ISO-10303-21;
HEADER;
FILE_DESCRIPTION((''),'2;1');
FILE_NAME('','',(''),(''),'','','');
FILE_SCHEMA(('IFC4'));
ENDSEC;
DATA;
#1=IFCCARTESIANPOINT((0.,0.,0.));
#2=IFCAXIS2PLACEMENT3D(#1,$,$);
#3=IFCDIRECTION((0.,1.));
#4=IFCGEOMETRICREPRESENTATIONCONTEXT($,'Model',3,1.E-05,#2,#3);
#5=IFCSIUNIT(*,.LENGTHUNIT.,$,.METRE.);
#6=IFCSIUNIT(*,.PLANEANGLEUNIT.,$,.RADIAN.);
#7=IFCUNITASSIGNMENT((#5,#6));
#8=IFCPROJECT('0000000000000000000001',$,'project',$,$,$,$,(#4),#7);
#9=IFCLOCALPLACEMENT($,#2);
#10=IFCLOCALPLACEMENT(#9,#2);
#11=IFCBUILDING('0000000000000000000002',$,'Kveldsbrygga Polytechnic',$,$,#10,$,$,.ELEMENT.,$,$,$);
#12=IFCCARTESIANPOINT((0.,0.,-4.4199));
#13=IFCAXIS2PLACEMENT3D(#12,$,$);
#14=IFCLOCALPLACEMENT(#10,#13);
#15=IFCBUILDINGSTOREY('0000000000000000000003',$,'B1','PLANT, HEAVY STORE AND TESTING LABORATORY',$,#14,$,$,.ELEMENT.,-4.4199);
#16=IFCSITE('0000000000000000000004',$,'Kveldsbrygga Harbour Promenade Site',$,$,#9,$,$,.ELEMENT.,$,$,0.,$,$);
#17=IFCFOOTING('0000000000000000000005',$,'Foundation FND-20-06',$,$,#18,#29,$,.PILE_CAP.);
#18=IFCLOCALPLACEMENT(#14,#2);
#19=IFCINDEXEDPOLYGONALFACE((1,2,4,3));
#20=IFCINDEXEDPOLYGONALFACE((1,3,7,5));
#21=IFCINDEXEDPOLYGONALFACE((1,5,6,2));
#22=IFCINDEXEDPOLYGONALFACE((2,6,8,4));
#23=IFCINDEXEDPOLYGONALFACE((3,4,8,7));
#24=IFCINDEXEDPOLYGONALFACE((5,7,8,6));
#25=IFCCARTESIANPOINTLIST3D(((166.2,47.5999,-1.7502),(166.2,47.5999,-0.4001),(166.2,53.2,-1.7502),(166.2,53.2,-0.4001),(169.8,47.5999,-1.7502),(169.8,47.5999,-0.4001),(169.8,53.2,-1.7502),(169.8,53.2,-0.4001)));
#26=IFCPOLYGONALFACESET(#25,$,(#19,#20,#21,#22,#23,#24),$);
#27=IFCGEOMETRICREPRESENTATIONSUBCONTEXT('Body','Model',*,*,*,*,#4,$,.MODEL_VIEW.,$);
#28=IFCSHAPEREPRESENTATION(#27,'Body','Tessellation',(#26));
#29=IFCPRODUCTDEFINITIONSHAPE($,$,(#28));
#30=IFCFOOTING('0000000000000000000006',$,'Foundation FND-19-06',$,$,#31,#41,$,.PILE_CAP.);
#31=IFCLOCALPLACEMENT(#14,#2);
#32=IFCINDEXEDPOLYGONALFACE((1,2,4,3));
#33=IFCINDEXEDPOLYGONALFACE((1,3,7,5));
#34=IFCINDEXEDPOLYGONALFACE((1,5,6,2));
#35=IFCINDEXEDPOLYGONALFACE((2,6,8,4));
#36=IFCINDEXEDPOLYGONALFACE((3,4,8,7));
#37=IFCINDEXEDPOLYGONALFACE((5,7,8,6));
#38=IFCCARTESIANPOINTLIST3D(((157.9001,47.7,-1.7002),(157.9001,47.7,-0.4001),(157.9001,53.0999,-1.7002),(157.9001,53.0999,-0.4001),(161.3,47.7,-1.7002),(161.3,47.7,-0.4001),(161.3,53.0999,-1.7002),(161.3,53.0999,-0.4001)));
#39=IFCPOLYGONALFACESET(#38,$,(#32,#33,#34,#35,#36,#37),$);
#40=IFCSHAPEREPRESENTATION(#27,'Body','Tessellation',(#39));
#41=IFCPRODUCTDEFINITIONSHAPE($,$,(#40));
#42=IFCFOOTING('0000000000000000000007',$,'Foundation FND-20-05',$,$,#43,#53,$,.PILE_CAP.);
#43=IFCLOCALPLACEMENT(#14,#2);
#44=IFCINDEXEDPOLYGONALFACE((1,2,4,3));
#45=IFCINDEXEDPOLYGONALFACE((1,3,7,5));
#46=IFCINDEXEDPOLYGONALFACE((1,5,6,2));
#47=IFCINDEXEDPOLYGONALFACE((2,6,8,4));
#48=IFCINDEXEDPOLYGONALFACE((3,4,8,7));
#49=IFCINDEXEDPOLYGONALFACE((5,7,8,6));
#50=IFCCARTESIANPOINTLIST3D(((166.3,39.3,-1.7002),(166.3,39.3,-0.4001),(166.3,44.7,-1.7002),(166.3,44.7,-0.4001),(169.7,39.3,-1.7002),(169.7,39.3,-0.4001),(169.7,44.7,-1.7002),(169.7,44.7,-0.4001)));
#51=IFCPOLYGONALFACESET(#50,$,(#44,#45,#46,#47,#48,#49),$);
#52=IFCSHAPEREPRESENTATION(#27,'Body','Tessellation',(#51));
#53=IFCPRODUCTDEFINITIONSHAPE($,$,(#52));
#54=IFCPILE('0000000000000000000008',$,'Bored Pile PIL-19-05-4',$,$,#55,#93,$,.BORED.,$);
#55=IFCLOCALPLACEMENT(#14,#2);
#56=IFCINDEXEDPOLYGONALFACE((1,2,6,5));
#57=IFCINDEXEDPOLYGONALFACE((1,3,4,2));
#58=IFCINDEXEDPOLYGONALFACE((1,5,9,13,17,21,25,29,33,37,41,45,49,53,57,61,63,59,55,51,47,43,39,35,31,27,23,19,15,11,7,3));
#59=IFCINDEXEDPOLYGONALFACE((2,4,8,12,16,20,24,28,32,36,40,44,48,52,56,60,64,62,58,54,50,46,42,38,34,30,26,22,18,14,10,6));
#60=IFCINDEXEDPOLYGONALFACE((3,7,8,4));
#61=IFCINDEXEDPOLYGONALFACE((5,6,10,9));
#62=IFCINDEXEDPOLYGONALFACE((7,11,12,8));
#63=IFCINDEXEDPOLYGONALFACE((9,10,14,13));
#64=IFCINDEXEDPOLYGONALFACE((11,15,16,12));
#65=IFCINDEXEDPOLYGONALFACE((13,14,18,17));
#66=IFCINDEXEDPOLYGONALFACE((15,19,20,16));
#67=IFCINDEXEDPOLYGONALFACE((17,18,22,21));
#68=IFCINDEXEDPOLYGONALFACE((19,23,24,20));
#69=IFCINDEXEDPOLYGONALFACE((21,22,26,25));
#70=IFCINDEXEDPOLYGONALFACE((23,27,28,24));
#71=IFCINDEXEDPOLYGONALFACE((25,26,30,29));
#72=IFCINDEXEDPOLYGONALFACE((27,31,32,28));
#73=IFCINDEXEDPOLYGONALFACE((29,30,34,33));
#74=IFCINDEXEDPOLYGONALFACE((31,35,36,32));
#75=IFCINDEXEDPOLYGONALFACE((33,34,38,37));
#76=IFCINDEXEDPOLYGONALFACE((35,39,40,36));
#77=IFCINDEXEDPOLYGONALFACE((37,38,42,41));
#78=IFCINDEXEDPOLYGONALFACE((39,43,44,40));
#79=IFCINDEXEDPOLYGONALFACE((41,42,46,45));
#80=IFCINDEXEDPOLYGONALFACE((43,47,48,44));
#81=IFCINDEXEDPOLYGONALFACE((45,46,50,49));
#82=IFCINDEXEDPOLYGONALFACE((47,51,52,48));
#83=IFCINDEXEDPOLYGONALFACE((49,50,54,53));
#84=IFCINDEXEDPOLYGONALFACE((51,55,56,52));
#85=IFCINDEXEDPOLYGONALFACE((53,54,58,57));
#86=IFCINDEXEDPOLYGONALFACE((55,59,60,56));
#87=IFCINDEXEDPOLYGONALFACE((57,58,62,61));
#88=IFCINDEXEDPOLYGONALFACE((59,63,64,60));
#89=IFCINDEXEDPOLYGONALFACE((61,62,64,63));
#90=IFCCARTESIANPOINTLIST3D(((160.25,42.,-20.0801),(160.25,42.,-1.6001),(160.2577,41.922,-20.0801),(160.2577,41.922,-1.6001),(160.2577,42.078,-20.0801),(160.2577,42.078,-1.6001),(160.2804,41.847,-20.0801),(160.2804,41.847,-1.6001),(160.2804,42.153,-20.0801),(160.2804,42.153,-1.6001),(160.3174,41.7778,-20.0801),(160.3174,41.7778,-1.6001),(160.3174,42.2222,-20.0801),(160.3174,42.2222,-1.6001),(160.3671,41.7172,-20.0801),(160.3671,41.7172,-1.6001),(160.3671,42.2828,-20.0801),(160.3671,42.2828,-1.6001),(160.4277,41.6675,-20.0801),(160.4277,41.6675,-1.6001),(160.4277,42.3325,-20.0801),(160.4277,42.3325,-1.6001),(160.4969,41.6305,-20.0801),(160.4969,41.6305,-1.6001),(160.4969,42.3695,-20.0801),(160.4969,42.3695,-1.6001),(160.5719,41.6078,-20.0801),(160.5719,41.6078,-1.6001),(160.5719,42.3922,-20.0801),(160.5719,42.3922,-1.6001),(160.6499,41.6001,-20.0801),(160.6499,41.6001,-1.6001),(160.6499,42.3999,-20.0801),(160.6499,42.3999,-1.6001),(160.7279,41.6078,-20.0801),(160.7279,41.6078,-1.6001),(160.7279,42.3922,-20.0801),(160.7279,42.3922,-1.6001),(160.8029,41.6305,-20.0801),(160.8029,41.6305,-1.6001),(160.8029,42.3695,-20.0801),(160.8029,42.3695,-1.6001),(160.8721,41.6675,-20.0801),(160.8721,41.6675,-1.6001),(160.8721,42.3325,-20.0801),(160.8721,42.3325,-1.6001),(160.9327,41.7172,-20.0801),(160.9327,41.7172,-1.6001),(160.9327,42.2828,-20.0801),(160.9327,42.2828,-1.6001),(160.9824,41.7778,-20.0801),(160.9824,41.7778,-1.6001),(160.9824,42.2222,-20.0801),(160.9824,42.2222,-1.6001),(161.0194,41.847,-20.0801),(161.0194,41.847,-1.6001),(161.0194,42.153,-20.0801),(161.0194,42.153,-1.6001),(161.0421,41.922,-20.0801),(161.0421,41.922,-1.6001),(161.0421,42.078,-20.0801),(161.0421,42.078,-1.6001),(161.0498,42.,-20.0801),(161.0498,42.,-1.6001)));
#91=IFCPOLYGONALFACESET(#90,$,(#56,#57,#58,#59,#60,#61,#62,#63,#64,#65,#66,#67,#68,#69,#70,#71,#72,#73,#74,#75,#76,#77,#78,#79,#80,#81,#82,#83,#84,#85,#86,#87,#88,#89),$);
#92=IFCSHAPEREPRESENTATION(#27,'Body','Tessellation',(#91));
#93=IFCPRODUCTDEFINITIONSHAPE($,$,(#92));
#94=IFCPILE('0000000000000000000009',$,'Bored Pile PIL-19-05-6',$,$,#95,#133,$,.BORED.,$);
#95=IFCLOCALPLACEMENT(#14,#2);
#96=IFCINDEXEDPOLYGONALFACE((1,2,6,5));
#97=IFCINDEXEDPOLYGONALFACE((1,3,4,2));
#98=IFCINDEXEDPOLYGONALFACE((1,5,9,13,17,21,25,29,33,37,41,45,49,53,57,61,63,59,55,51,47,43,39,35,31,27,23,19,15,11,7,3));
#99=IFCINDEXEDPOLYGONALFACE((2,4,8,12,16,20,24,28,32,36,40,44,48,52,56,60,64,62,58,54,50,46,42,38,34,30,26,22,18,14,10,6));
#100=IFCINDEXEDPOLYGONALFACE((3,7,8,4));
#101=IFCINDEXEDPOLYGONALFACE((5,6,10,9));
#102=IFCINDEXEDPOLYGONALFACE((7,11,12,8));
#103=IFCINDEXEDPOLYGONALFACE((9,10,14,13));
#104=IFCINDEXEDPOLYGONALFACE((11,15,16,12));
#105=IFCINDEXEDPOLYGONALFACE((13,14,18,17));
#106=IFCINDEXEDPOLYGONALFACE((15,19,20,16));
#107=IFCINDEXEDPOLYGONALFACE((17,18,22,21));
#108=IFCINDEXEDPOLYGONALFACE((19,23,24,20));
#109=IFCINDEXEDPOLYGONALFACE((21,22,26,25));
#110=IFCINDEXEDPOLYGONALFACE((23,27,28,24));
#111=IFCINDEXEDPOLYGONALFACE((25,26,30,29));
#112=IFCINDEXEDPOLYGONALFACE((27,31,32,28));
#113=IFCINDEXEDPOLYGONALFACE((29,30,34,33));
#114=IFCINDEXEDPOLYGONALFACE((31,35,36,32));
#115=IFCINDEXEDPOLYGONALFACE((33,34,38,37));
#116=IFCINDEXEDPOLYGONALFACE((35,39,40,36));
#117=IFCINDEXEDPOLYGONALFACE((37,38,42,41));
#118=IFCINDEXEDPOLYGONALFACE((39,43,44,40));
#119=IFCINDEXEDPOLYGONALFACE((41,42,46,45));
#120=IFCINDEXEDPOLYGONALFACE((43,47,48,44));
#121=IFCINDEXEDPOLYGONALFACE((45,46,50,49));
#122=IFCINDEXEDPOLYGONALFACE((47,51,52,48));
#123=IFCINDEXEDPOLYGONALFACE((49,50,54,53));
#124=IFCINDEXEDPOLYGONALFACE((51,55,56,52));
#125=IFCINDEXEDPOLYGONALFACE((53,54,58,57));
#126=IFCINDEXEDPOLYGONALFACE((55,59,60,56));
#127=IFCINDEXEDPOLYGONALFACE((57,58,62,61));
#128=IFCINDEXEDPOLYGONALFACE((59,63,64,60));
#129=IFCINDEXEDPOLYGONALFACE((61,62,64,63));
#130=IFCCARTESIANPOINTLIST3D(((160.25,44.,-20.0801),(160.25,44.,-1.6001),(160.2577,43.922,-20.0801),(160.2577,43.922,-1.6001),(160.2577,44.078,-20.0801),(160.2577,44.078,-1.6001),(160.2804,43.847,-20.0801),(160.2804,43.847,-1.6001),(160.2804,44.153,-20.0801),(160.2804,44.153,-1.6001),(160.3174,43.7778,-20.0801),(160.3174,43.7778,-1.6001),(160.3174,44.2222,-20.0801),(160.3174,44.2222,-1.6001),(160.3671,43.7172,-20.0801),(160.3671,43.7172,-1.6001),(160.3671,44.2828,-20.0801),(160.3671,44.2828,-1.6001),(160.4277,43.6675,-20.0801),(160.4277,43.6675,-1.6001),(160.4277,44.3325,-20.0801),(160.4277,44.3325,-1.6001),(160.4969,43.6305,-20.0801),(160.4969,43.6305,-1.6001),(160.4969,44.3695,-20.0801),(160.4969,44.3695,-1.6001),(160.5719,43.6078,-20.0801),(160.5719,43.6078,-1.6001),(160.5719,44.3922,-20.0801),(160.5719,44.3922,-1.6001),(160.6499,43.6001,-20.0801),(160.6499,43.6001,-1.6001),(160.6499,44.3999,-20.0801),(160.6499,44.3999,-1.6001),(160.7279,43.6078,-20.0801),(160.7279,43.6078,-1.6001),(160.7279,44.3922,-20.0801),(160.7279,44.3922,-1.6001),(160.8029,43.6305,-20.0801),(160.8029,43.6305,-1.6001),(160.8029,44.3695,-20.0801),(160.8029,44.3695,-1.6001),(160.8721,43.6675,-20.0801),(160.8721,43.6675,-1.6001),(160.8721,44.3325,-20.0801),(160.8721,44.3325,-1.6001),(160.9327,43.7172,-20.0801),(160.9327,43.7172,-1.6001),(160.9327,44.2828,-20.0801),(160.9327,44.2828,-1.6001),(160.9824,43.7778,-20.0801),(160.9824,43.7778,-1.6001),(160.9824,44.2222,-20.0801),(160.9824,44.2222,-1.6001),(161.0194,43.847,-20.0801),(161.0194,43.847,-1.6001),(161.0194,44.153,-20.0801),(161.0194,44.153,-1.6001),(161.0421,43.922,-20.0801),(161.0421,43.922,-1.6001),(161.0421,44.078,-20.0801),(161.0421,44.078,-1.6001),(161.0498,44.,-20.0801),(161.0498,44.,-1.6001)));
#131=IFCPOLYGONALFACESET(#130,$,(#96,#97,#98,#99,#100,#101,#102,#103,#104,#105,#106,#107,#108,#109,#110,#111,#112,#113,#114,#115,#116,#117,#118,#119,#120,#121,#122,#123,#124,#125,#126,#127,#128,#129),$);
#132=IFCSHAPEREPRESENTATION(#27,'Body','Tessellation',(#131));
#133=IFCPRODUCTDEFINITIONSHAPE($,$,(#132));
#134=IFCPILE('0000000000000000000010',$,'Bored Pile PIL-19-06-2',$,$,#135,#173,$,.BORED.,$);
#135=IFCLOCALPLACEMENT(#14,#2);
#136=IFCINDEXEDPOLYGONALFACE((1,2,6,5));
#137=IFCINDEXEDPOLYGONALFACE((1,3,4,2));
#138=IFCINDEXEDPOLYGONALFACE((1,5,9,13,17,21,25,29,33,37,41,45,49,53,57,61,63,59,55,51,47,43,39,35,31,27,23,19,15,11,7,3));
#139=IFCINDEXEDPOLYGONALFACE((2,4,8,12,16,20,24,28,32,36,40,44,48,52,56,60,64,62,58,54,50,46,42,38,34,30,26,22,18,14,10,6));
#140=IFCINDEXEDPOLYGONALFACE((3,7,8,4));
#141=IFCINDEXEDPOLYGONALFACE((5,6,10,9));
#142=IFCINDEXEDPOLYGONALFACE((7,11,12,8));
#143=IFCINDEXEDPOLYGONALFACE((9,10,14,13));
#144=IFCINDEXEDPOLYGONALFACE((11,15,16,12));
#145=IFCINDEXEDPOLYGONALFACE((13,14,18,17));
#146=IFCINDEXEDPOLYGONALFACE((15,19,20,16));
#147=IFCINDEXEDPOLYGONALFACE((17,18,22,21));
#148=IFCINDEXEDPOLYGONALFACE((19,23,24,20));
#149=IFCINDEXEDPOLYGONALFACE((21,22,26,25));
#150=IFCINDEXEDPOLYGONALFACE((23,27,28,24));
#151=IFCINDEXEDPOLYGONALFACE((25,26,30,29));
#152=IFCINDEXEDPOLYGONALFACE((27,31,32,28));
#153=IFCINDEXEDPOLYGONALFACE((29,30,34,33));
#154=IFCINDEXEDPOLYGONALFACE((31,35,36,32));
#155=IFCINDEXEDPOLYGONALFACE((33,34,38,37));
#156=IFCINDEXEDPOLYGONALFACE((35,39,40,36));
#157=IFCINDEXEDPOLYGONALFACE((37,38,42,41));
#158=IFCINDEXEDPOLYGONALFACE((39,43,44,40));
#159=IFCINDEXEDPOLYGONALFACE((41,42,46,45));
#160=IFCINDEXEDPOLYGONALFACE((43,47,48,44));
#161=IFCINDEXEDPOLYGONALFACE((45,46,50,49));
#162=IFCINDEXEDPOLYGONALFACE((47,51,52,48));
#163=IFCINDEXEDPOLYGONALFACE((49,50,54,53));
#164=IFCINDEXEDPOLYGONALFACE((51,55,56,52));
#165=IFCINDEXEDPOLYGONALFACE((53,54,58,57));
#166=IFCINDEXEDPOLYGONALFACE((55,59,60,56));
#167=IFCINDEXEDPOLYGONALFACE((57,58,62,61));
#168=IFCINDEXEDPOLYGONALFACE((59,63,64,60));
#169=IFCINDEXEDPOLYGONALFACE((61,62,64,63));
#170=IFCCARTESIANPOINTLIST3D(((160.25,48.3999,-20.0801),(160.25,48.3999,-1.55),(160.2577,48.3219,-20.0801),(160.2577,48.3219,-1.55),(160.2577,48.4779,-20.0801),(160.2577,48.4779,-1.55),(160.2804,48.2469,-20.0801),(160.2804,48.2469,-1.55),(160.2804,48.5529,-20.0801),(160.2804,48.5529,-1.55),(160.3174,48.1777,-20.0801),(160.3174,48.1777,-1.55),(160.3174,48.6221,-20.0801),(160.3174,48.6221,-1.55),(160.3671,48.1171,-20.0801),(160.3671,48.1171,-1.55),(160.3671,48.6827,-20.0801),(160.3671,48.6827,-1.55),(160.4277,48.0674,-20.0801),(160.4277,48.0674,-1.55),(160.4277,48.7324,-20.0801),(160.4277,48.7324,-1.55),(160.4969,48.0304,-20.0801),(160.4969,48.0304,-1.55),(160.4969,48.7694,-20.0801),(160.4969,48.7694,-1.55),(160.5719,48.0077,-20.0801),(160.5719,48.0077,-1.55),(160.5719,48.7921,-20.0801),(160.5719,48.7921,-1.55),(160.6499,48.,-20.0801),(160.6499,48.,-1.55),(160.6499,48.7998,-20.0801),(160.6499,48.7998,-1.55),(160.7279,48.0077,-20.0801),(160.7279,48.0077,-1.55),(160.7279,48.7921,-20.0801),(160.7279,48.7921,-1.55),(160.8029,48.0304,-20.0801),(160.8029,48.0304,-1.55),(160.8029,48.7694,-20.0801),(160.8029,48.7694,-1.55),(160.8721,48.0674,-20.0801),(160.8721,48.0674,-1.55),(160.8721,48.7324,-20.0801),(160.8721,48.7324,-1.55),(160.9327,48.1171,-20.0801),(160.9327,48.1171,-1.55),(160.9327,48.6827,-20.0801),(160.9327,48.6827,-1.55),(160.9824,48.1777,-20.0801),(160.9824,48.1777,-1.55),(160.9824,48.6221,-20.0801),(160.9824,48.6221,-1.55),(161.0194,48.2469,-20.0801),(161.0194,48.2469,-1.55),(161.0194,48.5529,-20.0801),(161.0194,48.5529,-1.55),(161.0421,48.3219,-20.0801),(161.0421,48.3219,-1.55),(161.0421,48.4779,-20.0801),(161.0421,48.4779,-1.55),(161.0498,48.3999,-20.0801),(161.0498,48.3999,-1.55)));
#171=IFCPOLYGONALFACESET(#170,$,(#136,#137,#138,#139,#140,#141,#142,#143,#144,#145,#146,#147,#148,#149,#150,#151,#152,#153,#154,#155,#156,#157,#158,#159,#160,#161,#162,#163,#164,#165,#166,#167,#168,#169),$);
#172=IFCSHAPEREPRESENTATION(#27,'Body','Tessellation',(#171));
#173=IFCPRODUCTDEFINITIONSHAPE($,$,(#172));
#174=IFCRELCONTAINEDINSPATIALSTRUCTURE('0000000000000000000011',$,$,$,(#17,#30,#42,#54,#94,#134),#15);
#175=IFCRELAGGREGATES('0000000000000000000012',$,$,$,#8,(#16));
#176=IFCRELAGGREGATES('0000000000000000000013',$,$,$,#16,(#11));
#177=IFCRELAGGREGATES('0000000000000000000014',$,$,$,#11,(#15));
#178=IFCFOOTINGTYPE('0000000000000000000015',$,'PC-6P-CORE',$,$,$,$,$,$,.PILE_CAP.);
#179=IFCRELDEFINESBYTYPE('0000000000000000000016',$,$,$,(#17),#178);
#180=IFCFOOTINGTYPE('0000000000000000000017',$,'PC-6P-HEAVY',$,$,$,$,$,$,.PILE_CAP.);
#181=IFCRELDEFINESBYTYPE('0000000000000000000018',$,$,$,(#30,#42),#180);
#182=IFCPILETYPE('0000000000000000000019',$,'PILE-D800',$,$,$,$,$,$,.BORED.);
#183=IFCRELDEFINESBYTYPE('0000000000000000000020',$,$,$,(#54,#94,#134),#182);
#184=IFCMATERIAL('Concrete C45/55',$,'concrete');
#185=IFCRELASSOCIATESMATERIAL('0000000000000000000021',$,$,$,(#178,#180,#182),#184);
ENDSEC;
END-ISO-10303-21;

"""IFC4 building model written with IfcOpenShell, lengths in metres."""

from ifc_helpers import new_model, si_unit, direction, frame, origin, origin_2d, place, context, subcontext, project, spatial, rectangle, circle, extrude, material, material_profile, profile_set, type_object, element, save


model = new_model("IFC4")

# Units and contexts
model_context = context("Model", 3, precision=1e-05, world=origin(), true_north=direction((0.0, 1.0)))
body_context = subcontext(model_context, "Body", "Model", "MODEL_VIEW")
ifc_project = project(units=[si_unit("LENGTHUNIT", "METRE"), si_unit("PLANEANGLEUNIT", "RADIAN")], contexts=[model_context])

# Site, building, storey
site_placement = place(None, origin())
site = spatial("IfcSite", under=ifc_project, at=site_placement, Name="Kveldsbrygga Harbour Promenade Site", CompositionType="ELEMENT", RefElevation=0.0)
building_placement = place(site_placement, origin())
building = spatial("IfcBuilding", under=site, at=building_placement, Name="Kveldsbrygga Polytechnic", CompositionType="ELEMENT")
storey_placement = place(building_placement, frame((0.0, 0.0, -4.4199)))
storey = spatial("IfcBuildingStorey", under=building, at=storey_placement, Name="B1", Description="PLANT, HEAVY STORE AND TESTING LABORATORY", CompositionType="ELEMENT", Elevation=-4.4199)

# Footings
ifc_material_1 = material(Name="Concrete C45/55", Category="concrete")
footing_type_1 = type_object("IfcFootingType", Name="PC-6P-CORE", PredefinedType="PILE_CAP", material=ifc_material_1)
footing_placement = place(storey_placement, frame((168.0, 50.3999, -1.7502), z_axis=(0.0, 0.0, 1.0), x_axis=(1.0, 0.0, 0.0)))
element("IfcFooting", 1, at=footing_placement, inside=storey, type_object=footing_type_1, Name="Foundation FND-20-06", PredefinedType="PILE_CAP", context=body_context, shape_type="SweptSolid", body=[
    extrude(rectangle(XDim=3.6001, YDim=5.6001, at=origin_2d()), origin(), (0.0, 0.0, 1.0), 1.3501),
])
footing_type_2 = type_object("IfcFootingType", Name="PC-6P-HEAVY", PredefinedType="PILE_CAP", material=ifc_material_1)
for number, where, z_axis, x_axis, name in (
    (2, (159.6001, 50.3999, -1.7002), (0.0, 0.0, 1.0), (1.0, 0.0, 0.0), "Foundation FND-19-06"),
    (3, (168.0, 42.0, -1.7002), (0.0, 0.0, 1.0), (1.0, 0.0, 0.0), "Foundation FND-20-05"),
):
    element("IfcFooting", number, at=place(storey_placement, frame(where, z_axis=z_axis, x_axis=x_axis)), inside=storey, type_object=footing_type_2, Name=name, PredefinedType="PILE_CAP", context=body_context, shape_type="SweptSolid", body=[
        extrude(rectangle(XDim=3.3999, YDim=5.3999, at=origin_2d()), origin(), (0.0, 0.0, 1.0), 1.3),
    ])

# Piles
ifc_material_profile_1 = material_profile(ifc_material_1, circle(Radius=0.3999, at=origin_2d()), Name="PILE D800")
ifc_profile_set_1 = profile_set([ifc_material_profile_1], Name="Concrete C45/55")
pile_type = type_object("IfcPileType", Name="PILE-D800", PredefinedType="BORED", material=ifc_profile_set_1)
for number, where, z_axis, x_axis, name in (
    (4, (160.6499, 42.0, -1.6001), (0.0, 0.0, -1.0), (1.0, 0.0, 0.0), "Bored Pile PIL-19-05-4"),
    (5, (160.6499, 44.0, -1.6001), (0.0, 0.0, -1.0), (1.0, 0.0, 0.0), "Bored Pile PIL-19-05-6"),
):
    element("IfcPile", number, at=place(storey_placement, frame(where, z_axis=z_axis, x_axis=x_axis)), inside=storey, type_object=pile_type, Name=name, PredefinedType="BORED", context=body_context, shape_type="SweptSolid", body=[
        extrude(circle(Radius=0.3999, at=origin_2d()), origin(), (0.0, 0.0, 1.0), 18.48),
    ])
for number, where, z_axis, x_axis, name in (
    (6, (160.6499, 48.3999, -1.55), (0.0, 0.0, -1.0), (1.0, 0.0, 0.0), "Bored Pile PIL-19-06-2"),
):
    element("IfcPile", number, at=place(storey_placement, frame(where, z_axis=z_axis, x_axis=x_axis)), inside=storey, type_object=pile_type, Name=name, PredefinedType="BORED", context=body_context, shape_type="SweptSolid", body=[
        extrude(circle(Radius=0.3999, at=origin_2d()), origin(), (0.0, 0.0, 1.0), 18.53),
    ])

save(model, "model.ifc")
